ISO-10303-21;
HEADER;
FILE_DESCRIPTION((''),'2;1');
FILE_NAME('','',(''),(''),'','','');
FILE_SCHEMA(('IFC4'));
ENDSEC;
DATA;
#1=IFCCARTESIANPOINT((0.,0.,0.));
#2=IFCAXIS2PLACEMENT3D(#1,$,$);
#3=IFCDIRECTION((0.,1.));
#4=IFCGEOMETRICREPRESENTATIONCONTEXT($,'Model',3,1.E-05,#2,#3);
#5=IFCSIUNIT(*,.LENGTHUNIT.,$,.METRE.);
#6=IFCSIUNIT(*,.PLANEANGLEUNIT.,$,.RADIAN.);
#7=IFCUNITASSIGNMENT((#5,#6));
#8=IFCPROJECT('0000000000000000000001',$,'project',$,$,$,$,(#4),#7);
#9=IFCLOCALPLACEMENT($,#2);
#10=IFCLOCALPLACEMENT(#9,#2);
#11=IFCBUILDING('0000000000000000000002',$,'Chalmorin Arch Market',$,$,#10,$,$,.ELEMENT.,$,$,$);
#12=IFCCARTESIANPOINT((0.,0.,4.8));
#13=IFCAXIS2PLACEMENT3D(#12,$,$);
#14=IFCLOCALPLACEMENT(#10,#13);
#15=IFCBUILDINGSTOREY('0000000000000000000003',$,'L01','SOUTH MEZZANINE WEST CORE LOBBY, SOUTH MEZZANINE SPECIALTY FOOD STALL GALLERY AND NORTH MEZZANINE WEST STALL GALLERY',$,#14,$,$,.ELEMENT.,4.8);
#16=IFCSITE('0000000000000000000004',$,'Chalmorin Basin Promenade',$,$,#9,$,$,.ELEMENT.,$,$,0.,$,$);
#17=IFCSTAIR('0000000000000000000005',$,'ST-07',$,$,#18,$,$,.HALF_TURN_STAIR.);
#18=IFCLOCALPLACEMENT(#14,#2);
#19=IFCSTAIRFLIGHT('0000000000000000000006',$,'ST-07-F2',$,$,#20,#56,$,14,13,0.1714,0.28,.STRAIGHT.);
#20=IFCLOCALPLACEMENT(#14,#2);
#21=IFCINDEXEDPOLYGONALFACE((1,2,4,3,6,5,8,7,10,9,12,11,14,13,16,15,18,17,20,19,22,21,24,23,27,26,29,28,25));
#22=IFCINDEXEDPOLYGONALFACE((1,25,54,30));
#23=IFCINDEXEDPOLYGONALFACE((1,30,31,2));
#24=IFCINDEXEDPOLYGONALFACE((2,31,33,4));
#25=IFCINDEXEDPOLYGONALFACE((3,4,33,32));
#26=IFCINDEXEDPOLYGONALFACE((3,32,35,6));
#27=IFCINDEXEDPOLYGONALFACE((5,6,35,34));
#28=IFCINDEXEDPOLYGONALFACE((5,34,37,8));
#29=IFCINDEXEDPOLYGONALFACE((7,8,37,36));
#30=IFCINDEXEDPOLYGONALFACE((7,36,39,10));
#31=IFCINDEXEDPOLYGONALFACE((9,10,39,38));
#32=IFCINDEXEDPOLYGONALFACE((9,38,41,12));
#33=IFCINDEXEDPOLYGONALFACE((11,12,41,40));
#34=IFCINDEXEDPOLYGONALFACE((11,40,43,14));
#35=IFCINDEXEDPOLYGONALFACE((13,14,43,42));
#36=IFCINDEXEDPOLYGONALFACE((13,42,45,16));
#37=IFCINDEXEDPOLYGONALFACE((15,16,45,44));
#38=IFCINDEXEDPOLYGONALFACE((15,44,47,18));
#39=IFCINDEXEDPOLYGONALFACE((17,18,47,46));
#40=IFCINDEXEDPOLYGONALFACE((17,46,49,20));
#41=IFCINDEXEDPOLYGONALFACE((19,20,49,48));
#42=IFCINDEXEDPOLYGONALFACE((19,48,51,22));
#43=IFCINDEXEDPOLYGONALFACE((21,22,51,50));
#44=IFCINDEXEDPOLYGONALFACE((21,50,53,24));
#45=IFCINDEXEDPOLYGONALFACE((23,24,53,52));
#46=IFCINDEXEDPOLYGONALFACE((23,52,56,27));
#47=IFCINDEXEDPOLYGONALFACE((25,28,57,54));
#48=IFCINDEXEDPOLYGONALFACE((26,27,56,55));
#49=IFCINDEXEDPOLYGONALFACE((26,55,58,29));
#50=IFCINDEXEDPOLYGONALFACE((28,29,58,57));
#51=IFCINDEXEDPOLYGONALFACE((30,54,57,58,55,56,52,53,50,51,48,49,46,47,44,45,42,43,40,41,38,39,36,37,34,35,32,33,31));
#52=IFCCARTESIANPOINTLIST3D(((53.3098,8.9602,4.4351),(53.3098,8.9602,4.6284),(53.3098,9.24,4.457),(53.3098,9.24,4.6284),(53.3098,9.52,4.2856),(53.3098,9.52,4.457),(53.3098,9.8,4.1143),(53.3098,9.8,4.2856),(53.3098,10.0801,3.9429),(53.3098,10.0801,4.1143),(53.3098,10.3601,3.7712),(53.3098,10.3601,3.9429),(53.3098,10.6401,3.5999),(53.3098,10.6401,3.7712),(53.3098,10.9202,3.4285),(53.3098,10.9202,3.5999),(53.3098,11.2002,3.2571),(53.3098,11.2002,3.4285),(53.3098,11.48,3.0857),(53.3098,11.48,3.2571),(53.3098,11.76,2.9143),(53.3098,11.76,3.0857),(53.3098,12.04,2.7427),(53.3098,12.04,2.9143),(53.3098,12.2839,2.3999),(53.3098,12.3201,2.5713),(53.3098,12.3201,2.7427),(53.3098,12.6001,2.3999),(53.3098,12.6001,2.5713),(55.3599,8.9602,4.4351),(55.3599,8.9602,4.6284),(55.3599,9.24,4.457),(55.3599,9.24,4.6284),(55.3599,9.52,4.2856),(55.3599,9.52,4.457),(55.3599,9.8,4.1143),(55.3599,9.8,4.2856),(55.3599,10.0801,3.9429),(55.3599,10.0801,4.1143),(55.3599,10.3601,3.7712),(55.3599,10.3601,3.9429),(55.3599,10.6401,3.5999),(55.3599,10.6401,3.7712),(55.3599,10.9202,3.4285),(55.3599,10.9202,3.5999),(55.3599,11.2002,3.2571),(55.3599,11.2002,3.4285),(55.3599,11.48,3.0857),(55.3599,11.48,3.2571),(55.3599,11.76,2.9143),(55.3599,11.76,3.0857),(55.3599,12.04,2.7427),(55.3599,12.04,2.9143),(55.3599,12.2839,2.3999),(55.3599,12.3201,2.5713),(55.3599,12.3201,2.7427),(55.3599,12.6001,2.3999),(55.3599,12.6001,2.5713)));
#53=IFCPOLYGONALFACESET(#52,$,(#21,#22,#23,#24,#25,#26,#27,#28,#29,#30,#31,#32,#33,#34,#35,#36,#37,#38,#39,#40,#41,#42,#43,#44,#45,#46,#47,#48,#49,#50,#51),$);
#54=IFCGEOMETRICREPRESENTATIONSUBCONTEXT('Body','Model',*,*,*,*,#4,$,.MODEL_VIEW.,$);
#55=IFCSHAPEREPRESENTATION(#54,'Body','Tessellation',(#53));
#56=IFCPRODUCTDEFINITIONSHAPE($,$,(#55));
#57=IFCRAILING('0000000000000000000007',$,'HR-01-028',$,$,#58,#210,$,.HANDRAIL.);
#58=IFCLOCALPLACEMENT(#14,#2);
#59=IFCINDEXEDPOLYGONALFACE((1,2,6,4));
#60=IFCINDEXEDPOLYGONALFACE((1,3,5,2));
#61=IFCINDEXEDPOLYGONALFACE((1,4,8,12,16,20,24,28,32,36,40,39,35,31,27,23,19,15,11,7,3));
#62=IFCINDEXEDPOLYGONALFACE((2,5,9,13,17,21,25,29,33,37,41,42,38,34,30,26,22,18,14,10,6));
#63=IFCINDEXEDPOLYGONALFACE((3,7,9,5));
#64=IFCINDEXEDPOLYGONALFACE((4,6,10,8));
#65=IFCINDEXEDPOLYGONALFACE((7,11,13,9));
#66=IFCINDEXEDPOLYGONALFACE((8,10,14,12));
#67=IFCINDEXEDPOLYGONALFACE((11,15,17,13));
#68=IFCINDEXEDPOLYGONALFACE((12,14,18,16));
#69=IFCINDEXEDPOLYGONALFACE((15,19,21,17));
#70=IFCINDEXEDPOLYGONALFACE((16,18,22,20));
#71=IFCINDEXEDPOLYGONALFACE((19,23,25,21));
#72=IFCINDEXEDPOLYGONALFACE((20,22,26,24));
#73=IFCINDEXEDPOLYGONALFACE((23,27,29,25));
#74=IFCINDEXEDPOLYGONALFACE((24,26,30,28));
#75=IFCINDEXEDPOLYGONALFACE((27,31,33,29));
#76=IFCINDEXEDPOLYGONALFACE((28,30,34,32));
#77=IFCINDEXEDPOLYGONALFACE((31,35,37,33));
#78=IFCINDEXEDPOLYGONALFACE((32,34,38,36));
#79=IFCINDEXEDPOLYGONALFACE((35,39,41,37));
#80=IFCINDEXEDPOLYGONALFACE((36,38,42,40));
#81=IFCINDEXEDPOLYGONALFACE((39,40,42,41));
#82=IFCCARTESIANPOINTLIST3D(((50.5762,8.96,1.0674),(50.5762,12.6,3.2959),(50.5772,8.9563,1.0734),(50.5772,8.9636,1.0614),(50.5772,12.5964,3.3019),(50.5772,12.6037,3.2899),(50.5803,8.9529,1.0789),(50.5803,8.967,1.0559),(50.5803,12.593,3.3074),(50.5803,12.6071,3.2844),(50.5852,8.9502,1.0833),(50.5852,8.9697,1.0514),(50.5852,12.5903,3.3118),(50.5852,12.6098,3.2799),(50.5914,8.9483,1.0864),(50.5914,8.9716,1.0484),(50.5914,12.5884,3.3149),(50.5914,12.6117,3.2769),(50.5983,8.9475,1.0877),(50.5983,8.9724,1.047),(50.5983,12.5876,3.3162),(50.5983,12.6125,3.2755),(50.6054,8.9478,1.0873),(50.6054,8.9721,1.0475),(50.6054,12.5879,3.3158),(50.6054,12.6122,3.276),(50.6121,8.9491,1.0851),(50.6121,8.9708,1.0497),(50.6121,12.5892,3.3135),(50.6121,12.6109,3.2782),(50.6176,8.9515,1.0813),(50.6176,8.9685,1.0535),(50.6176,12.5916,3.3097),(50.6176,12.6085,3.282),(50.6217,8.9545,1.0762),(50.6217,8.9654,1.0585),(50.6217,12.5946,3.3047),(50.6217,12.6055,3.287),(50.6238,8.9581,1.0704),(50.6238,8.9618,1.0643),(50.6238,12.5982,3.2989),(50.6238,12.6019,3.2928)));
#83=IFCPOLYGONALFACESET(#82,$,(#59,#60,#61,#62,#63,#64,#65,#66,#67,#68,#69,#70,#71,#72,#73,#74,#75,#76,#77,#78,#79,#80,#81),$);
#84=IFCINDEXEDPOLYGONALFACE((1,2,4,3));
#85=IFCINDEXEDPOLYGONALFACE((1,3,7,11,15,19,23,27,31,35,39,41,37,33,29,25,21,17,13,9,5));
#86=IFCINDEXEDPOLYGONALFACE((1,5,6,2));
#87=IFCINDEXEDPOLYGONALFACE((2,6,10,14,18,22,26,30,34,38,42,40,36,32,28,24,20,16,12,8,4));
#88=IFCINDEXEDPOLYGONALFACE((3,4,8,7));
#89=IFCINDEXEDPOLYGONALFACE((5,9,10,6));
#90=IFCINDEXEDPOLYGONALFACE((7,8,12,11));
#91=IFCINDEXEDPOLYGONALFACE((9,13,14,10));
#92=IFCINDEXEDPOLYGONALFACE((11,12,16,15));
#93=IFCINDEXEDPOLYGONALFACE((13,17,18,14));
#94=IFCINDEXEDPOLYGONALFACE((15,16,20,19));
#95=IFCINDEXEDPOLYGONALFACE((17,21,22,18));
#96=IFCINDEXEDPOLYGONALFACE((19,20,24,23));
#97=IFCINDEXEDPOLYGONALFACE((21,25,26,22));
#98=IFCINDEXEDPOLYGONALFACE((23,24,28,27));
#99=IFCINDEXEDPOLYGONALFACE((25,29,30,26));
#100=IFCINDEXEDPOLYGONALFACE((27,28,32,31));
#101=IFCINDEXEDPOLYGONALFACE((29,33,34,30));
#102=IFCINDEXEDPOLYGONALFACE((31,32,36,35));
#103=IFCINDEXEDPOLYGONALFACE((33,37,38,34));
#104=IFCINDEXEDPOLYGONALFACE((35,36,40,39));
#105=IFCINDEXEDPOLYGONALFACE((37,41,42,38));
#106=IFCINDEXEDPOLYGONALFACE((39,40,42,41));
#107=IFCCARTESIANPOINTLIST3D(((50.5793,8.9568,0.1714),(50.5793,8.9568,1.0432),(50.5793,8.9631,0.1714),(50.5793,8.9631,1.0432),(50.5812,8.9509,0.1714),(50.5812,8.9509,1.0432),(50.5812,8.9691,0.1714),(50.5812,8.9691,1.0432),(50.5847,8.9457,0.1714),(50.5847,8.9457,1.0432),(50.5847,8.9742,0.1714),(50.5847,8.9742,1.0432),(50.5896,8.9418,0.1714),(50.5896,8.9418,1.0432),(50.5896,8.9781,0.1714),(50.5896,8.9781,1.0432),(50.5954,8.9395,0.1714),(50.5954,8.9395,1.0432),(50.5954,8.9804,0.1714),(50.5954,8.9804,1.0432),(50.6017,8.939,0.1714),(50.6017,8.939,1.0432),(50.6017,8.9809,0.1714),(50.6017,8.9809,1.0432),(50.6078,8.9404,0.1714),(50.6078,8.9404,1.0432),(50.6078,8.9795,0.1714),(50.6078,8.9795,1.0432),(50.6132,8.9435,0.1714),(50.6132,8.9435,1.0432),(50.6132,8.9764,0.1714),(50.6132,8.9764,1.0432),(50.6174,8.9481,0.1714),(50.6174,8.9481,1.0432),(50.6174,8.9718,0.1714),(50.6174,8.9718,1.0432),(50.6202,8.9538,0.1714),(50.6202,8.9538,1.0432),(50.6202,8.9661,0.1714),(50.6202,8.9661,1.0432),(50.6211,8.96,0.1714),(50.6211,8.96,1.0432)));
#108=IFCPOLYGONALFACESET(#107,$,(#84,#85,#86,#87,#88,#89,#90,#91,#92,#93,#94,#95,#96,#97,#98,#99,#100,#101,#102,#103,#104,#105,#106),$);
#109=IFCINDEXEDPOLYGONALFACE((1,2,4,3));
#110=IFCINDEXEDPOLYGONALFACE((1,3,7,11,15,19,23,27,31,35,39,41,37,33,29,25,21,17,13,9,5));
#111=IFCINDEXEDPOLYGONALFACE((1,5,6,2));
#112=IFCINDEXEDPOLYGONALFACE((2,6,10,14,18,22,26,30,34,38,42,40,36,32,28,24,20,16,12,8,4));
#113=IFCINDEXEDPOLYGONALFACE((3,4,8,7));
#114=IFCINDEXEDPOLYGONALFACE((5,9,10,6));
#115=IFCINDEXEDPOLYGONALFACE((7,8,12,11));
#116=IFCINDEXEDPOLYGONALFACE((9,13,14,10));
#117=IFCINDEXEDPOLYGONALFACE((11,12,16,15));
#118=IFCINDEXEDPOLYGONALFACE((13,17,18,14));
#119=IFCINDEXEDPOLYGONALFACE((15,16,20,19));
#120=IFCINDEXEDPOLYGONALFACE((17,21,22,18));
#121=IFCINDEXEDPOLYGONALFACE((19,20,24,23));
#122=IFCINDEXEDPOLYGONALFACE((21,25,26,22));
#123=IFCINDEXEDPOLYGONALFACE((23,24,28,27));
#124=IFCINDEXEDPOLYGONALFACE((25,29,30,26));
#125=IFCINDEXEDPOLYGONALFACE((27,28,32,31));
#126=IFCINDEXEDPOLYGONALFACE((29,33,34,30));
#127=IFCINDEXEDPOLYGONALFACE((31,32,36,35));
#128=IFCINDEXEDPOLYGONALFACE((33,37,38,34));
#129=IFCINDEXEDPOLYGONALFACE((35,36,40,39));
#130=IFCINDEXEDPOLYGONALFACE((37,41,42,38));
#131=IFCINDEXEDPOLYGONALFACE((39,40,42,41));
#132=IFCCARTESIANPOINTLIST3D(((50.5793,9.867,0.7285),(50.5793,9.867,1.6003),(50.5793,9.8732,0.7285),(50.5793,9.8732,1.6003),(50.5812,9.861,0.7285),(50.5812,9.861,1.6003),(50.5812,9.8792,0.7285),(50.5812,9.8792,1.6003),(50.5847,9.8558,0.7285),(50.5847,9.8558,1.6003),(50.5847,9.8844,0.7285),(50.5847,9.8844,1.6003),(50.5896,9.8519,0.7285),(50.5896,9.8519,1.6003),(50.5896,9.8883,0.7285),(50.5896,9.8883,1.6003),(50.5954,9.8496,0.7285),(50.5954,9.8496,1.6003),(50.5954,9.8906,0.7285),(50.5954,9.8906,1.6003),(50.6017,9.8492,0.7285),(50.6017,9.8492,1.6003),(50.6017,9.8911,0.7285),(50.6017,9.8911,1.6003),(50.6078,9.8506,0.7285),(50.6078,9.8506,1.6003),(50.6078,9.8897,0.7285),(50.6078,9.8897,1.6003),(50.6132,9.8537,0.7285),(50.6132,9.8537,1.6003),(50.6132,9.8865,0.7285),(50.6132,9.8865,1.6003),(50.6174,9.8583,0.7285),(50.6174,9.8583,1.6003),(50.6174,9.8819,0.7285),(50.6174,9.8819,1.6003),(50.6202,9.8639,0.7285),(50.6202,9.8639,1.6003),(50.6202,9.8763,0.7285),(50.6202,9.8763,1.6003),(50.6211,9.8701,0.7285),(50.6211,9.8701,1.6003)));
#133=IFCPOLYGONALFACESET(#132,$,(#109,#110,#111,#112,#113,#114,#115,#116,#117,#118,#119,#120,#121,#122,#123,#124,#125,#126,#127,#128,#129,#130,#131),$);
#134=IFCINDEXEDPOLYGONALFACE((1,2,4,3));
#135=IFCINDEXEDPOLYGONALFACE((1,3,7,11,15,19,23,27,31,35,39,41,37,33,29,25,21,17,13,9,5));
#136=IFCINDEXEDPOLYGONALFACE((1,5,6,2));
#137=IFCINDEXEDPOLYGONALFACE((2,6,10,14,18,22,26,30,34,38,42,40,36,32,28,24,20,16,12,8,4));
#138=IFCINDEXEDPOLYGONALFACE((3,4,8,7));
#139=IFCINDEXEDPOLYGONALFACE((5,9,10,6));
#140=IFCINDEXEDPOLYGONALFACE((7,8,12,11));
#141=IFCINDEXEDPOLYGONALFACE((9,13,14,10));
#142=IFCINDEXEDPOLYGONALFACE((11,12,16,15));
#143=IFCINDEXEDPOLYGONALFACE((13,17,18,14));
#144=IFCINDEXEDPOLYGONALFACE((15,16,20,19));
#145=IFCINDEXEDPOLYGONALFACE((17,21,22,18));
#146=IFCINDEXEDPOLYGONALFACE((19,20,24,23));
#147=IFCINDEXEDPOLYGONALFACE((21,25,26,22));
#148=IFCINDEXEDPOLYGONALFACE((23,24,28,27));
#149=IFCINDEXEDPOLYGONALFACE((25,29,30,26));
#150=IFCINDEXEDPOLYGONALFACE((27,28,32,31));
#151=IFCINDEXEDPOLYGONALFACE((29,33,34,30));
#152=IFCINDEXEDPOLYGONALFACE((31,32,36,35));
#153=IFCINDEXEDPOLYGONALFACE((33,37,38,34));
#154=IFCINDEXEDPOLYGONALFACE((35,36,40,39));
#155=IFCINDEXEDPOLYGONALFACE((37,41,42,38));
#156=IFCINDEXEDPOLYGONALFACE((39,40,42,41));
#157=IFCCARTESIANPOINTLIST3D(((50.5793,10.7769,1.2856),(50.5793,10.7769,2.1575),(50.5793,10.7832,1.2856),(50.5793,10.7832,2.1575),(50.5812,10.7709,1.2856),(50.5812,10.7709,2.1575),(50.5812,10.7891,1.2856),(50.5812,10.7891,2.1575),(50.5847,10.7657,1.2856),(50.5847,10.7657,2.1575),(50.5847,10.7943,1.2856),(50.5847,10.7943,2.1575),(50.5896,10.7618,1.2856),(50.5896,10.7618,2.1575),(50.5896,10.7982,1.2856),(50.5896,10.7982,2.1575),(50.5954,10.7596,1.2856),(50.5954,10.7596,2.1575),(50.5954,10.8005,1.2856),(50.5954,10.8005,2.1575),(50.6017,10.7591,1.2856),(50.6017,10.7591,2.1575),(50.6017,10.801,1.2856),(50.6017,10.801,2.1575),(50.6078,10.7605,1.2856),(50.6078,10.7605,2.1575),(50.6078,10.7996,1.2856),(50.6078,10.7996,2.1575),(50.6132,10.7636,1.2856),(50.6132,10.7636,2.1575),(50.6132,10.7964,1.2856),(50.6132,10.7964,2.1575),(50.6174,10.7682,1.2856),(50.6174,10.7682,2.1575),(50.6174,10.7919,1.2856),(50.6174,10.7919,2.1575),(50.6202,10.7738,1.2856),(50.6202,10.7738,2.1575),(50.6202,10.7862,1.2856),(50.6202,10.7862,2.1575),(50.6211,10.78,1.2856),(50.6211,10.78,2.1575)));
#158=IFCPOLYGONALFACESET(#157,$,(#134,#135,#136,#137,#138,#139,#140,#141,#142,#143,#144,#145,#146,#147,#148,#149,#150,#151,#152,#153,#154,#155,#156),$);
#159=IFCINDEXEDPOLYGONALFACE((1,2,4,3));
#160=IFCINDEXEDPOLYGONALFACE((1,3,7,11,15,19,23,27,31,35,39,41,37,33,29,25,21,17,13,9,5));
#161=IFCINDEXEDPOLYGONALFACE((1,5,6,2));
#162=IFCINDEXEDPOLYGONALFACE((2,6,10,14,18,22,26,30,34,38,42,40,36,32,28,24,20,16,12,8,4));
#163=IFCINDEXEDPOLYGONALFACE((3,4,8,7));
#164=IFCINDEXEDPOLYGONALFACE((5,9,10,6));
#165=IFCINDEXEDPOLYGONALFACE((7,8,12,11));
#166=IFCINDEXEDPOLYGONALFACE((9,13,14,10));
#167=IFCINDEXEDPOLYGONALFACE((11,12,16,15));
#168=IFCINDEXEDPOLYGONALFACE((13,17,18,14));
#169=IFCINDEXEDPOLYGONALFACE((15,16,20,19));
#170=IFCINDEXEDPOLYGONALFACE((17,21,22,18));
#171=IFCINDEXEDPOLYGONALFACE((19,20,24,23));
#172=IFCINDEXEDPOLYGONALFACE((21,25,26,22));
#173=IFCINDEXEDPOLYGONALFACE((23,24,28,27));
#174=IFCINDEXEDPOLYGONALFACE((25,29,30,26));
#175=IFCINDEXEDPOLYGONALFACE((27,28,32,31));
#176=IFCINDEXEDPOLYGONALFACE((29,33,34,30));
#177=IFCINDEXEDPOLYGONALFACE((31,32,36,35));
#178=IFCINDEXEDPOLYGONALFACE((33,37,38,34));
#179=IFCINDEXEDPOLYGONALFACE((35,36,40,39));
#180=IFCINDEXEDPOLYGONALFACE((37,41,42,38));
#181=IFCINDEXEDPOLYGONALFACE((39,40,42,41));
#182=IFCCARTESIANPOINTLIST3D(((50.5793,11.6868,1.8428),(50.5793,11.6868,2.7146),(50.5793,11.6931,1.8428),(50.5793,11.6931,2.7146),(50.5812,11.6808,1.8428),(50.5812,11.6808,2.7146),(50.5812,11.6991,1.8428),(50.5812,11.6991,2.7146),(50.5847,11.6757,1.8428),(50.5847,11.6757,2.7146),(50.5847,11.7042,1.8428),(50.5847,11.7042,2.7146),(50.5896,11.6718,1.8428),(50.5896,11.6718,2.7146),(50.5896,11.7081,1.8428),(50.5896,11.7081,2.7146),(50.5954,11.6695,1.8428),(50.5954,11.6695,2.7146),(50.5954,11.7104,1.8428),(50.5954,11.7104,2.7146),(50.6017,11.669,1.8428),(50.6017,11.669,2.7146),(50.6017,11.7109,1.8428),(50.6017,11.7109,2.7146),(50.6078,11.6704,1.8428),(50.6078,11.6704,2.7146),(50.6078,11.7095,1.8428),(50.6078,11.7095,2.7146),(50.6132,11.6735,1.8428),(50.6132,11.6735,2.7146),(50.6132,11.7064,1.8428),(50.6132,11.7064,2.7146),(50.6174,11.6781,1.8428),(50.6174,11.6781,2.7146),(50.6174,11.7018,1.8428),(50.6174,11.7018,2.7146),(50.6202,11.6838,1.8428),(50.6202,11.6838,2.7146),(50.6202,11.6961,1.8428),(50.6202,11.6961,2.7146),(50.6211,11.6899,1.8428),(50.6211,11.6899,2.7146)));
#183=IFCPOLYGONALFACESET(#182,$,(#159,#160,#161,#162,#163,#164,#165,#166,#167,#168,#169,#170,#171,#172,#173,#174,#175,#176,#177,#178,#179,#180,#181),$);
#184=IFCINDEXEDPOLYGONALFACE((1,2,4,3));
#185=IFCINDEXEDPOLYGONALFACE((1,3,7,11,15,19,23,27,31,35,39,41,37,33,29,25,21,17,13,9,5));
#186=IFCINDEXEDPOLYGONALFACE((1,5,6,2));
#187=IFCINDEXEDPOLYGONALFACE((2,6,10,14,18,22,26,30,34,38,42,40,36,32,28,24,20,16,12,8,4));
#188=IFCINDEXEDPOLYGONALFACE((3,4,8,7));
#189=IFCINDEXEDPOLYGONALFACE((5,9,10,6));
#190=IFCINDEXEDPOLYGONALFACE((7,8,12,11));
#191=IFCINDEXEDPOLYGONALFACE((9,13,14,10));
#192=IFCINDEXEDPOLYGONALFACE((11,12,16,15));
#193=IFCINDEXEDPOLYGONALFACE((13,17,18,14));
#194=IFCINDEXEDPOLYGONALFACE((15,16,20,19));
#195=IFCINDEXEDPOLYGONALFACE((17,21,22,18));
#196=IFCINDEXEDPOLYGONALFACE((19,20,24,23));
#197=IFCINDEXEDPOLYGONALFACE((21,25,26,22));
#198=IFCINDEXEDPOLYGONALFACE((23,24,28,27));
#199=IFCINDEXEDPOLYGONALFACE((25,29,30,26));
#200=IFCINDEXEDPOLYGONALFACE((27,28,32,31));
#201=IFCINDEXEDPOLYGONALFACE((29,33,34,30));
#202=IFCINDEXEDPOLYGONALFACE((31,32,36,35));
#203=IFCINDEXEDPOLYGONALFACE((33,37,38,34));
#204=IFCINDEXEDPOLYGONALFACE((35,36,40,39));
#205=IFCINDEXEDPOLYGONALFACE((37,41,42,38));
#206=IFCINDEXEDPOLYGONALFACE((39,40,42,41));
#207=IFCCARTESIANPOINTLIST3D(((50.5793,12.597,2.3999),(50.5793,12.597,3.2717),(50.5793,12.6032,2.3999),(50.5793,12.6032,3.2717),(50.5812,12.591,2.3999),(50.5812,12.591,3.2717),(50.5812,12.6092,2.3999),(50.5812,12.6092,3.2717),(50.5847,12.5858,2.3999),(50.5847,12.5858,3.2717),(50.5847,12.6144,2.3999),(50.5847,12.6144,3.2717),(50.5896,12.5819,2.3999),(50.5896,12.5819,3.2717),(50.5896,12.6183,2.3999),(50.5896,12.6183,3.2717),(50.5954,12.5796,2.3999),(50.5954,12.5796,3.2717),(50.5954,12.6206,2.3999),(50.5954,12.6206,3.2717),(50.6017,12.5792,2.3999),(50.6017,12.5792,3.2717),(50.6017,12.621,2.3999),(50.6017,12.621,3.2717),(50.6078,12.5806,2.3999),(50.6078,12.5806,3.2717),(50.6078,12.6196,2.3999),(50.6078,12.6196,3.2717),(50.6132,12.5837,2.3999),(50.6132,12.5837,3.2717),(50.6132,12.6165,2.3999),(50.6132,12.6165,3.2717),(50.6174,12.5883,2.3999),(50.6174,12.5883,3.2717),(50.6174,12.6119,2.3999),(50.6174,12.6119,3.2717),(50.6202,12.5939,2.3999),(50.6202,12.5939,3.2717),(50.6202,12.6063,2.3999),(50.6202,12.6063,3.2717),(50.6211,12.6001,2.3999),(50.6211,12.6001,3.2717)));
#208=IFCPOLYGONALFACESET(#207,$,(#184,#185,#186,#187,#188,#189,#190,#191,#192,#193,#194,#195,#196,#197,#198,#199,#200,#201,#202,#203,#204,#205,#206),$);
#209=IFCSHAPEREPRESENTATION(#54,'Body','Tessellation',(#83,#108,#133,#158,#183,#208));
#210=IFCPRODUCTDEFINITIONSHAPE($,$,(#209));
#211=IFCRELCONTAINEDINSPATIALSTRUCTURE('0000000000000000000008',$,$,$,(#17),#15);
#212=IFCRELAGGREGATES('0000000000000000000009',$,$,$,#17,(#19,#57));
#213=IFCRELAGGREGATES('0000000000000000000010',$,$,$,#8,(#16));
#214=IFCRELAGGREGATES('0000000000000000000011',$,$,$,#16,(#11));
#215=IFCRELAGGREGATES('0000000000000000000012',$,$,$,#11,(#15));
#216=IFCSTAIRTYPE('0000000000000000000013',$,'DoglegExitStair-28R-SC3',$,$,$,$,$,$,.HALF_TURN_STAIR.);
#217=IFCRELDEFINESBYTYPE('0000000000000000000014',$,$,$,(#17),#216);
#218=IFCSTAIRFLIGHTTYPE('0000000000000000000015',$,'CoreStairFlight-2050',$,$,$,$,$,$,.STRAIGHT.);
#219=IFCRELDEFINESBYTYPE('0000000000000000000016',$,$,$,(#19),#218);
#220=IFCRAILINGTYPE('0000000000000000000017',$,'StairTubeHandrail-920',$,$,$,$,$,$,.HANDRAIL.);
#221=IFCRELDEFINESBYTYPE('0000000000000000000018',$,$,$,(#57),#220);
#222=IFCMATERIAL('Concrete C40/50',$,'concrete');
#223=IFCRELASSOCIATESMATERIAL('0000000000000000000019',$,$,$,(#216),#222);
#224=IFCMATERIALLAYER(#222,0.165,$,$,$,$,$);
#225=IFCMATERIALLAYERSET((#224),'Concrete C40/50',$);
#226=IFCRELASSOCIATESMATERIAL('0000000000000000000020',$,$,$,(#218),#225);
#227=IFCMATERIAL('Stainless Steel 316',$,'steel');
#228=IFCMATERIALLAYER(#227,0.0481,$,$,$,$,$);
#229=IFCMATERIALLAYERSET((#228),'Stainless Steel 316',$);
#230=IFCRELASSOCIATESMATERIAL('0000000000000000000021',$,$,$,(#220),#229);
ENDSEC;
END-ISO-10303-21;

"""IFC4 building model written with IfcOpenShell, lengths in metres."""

from ifc_helpers import new_model, si_unit, direction, frame, origin, origin_2d, place, context, subcontext, project, spatial, polyline, circle, outline, extrude, material, layer, layer_set, type_object, element, aggregate, save


model = new_model("IFC4")

# Units and contexts
model_context = context("Model", 3, precision=1e-05, world=origin(), true_north=direction((0.0, 1.0)))
body_context = subcontext(model_context, "Body", "Model", "MODEL_VIEW")
ifc_project = project(units=[si_unit("LENGTHUNIT", "METRE"), si_unit("PLANEANGLEUNIT", "RADIAN")], contexts=[model_context])

# Site, building, storey
site_placement = place(None, origin())
site = spatial("IfcSite", under=ifc_project, at=site_placement, Name="Chalmorin Basin Promenade", CompositionType="ELEMENT", RefElevation=0.0)
building_placement = place(site_placement, origin())
building = spatial("IfcBuilding", under=site, at=building_placement, Name="Chalmorin Arch Market", CompositionType="ELEMENT")
storey_placement = place(building_placement, frame((0.0, 0.0, 4.8)))
storey = spatial("IfcBuildingStorey", under=building, at=storey_placement, Name="L01", Description="SOUTH MEZZANINE WEST CORE LOBBY, SOUTH MEZZANINE SPECIALTY FOOD STALL GALLERY AND NORTH MEZZANINE WEST STALL GALLERY", CompositionType="ELEMENT", Elevation=4.8)

# Shared definitions
ifc_material_1 = material(Name="Concrete C40/50", Category="concrete")

# Stair, stair flight
stair_type = type_object("IfcStairType", Name="DoglegExitStair-28R-SC3", PredefinedType="HALF_TURN_STAIR", material=ifc_material_1)
stair_placement = place(storey_placement, origin())
stair = element("IfcStair", 1, at=stair_placement, inside=storey, type_object=stair_type, Name="ST-07", PredefinedType="HALF_TURN_STAIR")
ifc_layer_1 = layer(ifc_material_1, 0.165)
ifc_layer_set_1 = layer_set([ifc_layer_1], Name="Concrete C40/50")
stair_flight_type = type_object("IfcStairFlightType", Name="CoreStairFlight-2050", PredefinedType="STRAIGHT", material=ifc_layer_set_1)
stair_flight_1_placement = place(storey_placement, frame((54.335, 12.6001, 2.3999), z_axis=(0.0, 0.0, 1.0), x_axis=(0.0, -1.0, 0.0)))
stair_flight_1 = element("IfcStairFlight", 2, at=stair_flight_1_placement, type_object=stair_flight_type, Name="ST-07-F2", NumberOfRisers=14, NumberOfTreads=13, PredefinedType="STRAIGHT", RiserHeight=0.1714, TreadLength=0.28, context=body_context, shape_type="SweptSolid", body=[
    extrude(outline(polyline([(0.0, 0.0), (0.0, 0.1714), (0.28, 0.1714), (0.28, 0.3428), (0.5601, 0.3428), (0.5601, 0.5144), (0.8401, 0.5144), (0.8401, 0.6858), (1.1201, 0.6858), (1.1201, 0.8572), (1.3999, 0.8572), (1.3999, 1.0286), (1.6799, 1.0286), (1.6799, 1.2), (1.96, 1.2), (1.96, 1.3713), (2.24, 1.3713), (2.24, 1.543), (2.52, 1.543), (2.52, 1.7144), (2.8, 1.7144), (2.8, 1.8857), (3.0801, 1.8857), (3.0801, 2.0571), (3.3601, 2.0571), (3.3601, 2.2285), (3.6399, 2.2285), (3.6399, 2.3999), (3.6399, 2.0352), (0.3162, 0.0), (0.0, 0.0)])), frame((0.0, 1.0249, 0.0), z_axis=(0.0, -1.0, 0.0), x_axis=(1.0, 0.0, 0.0)), (0.0, 0.0, 1.0), 2.05),
])

# Railing
ifc_material_2 = material(Name="Stainless Steel 316", Category="steel")
ifc_layer_2 = layer(ifc_material_2, 0.0481)
ifc_layer_set_2 = layer_set([ifc_layer_2], Name="Stainless Steel 316")
railing_type_1 = type_object("IfcRailingType", Name="StairTubeHandrail-920", PredefinedType="HANDRAIL", material=ifc_layer_set_2)
railing_1_placement = place(storey_placement, frame((50.6001, 8.96, 0.1714)))
railing_1 = element("IfcRailing", 3, at=railing_1_placement, type_object=railing_type_1, Name="HR-01-028", PredefinedType="HANDRAIL", context=body_context, shape_type="SweptSolid", body=[
    extrude(circle(Radius=0.0239, at=origin_2d()), frame((0.0, 0.0, 0.896), z_axis=(0.0, 0.852866, 0.52213), x_axis=(-1.0, 0.0, 0.0)), (0.0, 0.0, 1.0), 4.2681),
    extrude(circle(Radius=0.021, at=origin_2d()), origin(), (0.0, 0.0, 1.0), 0.8718),
    extrude(circle(Radius=0.021, at=origin_2d()), frame((0.0, 0.9102, 0.5571)), (0.0, 0.0, 1.0), 0.8718),
    extrude(circle(Radius=0.021, at=origin_2d()), frame((0.0, 1.8201, 1.1143)), (0.0, 0.0, 1.0), 0.8718),
    extrude(circle(Radius=0.021, at=origin_2d()), frame((0.0, 2.73, 1.6714)), (0.0, 0.0, 1.0), 0.8718),
    extrude(circle(Radius=0.021, at=origin_2d()), frame((0.0, 3.6401, 2.2285)), (0.0, 0.0, 1.0), 0.8718),
])
aggregate(stair, [stair_flight_1, railing_1])

save(model, "model.ifc")
